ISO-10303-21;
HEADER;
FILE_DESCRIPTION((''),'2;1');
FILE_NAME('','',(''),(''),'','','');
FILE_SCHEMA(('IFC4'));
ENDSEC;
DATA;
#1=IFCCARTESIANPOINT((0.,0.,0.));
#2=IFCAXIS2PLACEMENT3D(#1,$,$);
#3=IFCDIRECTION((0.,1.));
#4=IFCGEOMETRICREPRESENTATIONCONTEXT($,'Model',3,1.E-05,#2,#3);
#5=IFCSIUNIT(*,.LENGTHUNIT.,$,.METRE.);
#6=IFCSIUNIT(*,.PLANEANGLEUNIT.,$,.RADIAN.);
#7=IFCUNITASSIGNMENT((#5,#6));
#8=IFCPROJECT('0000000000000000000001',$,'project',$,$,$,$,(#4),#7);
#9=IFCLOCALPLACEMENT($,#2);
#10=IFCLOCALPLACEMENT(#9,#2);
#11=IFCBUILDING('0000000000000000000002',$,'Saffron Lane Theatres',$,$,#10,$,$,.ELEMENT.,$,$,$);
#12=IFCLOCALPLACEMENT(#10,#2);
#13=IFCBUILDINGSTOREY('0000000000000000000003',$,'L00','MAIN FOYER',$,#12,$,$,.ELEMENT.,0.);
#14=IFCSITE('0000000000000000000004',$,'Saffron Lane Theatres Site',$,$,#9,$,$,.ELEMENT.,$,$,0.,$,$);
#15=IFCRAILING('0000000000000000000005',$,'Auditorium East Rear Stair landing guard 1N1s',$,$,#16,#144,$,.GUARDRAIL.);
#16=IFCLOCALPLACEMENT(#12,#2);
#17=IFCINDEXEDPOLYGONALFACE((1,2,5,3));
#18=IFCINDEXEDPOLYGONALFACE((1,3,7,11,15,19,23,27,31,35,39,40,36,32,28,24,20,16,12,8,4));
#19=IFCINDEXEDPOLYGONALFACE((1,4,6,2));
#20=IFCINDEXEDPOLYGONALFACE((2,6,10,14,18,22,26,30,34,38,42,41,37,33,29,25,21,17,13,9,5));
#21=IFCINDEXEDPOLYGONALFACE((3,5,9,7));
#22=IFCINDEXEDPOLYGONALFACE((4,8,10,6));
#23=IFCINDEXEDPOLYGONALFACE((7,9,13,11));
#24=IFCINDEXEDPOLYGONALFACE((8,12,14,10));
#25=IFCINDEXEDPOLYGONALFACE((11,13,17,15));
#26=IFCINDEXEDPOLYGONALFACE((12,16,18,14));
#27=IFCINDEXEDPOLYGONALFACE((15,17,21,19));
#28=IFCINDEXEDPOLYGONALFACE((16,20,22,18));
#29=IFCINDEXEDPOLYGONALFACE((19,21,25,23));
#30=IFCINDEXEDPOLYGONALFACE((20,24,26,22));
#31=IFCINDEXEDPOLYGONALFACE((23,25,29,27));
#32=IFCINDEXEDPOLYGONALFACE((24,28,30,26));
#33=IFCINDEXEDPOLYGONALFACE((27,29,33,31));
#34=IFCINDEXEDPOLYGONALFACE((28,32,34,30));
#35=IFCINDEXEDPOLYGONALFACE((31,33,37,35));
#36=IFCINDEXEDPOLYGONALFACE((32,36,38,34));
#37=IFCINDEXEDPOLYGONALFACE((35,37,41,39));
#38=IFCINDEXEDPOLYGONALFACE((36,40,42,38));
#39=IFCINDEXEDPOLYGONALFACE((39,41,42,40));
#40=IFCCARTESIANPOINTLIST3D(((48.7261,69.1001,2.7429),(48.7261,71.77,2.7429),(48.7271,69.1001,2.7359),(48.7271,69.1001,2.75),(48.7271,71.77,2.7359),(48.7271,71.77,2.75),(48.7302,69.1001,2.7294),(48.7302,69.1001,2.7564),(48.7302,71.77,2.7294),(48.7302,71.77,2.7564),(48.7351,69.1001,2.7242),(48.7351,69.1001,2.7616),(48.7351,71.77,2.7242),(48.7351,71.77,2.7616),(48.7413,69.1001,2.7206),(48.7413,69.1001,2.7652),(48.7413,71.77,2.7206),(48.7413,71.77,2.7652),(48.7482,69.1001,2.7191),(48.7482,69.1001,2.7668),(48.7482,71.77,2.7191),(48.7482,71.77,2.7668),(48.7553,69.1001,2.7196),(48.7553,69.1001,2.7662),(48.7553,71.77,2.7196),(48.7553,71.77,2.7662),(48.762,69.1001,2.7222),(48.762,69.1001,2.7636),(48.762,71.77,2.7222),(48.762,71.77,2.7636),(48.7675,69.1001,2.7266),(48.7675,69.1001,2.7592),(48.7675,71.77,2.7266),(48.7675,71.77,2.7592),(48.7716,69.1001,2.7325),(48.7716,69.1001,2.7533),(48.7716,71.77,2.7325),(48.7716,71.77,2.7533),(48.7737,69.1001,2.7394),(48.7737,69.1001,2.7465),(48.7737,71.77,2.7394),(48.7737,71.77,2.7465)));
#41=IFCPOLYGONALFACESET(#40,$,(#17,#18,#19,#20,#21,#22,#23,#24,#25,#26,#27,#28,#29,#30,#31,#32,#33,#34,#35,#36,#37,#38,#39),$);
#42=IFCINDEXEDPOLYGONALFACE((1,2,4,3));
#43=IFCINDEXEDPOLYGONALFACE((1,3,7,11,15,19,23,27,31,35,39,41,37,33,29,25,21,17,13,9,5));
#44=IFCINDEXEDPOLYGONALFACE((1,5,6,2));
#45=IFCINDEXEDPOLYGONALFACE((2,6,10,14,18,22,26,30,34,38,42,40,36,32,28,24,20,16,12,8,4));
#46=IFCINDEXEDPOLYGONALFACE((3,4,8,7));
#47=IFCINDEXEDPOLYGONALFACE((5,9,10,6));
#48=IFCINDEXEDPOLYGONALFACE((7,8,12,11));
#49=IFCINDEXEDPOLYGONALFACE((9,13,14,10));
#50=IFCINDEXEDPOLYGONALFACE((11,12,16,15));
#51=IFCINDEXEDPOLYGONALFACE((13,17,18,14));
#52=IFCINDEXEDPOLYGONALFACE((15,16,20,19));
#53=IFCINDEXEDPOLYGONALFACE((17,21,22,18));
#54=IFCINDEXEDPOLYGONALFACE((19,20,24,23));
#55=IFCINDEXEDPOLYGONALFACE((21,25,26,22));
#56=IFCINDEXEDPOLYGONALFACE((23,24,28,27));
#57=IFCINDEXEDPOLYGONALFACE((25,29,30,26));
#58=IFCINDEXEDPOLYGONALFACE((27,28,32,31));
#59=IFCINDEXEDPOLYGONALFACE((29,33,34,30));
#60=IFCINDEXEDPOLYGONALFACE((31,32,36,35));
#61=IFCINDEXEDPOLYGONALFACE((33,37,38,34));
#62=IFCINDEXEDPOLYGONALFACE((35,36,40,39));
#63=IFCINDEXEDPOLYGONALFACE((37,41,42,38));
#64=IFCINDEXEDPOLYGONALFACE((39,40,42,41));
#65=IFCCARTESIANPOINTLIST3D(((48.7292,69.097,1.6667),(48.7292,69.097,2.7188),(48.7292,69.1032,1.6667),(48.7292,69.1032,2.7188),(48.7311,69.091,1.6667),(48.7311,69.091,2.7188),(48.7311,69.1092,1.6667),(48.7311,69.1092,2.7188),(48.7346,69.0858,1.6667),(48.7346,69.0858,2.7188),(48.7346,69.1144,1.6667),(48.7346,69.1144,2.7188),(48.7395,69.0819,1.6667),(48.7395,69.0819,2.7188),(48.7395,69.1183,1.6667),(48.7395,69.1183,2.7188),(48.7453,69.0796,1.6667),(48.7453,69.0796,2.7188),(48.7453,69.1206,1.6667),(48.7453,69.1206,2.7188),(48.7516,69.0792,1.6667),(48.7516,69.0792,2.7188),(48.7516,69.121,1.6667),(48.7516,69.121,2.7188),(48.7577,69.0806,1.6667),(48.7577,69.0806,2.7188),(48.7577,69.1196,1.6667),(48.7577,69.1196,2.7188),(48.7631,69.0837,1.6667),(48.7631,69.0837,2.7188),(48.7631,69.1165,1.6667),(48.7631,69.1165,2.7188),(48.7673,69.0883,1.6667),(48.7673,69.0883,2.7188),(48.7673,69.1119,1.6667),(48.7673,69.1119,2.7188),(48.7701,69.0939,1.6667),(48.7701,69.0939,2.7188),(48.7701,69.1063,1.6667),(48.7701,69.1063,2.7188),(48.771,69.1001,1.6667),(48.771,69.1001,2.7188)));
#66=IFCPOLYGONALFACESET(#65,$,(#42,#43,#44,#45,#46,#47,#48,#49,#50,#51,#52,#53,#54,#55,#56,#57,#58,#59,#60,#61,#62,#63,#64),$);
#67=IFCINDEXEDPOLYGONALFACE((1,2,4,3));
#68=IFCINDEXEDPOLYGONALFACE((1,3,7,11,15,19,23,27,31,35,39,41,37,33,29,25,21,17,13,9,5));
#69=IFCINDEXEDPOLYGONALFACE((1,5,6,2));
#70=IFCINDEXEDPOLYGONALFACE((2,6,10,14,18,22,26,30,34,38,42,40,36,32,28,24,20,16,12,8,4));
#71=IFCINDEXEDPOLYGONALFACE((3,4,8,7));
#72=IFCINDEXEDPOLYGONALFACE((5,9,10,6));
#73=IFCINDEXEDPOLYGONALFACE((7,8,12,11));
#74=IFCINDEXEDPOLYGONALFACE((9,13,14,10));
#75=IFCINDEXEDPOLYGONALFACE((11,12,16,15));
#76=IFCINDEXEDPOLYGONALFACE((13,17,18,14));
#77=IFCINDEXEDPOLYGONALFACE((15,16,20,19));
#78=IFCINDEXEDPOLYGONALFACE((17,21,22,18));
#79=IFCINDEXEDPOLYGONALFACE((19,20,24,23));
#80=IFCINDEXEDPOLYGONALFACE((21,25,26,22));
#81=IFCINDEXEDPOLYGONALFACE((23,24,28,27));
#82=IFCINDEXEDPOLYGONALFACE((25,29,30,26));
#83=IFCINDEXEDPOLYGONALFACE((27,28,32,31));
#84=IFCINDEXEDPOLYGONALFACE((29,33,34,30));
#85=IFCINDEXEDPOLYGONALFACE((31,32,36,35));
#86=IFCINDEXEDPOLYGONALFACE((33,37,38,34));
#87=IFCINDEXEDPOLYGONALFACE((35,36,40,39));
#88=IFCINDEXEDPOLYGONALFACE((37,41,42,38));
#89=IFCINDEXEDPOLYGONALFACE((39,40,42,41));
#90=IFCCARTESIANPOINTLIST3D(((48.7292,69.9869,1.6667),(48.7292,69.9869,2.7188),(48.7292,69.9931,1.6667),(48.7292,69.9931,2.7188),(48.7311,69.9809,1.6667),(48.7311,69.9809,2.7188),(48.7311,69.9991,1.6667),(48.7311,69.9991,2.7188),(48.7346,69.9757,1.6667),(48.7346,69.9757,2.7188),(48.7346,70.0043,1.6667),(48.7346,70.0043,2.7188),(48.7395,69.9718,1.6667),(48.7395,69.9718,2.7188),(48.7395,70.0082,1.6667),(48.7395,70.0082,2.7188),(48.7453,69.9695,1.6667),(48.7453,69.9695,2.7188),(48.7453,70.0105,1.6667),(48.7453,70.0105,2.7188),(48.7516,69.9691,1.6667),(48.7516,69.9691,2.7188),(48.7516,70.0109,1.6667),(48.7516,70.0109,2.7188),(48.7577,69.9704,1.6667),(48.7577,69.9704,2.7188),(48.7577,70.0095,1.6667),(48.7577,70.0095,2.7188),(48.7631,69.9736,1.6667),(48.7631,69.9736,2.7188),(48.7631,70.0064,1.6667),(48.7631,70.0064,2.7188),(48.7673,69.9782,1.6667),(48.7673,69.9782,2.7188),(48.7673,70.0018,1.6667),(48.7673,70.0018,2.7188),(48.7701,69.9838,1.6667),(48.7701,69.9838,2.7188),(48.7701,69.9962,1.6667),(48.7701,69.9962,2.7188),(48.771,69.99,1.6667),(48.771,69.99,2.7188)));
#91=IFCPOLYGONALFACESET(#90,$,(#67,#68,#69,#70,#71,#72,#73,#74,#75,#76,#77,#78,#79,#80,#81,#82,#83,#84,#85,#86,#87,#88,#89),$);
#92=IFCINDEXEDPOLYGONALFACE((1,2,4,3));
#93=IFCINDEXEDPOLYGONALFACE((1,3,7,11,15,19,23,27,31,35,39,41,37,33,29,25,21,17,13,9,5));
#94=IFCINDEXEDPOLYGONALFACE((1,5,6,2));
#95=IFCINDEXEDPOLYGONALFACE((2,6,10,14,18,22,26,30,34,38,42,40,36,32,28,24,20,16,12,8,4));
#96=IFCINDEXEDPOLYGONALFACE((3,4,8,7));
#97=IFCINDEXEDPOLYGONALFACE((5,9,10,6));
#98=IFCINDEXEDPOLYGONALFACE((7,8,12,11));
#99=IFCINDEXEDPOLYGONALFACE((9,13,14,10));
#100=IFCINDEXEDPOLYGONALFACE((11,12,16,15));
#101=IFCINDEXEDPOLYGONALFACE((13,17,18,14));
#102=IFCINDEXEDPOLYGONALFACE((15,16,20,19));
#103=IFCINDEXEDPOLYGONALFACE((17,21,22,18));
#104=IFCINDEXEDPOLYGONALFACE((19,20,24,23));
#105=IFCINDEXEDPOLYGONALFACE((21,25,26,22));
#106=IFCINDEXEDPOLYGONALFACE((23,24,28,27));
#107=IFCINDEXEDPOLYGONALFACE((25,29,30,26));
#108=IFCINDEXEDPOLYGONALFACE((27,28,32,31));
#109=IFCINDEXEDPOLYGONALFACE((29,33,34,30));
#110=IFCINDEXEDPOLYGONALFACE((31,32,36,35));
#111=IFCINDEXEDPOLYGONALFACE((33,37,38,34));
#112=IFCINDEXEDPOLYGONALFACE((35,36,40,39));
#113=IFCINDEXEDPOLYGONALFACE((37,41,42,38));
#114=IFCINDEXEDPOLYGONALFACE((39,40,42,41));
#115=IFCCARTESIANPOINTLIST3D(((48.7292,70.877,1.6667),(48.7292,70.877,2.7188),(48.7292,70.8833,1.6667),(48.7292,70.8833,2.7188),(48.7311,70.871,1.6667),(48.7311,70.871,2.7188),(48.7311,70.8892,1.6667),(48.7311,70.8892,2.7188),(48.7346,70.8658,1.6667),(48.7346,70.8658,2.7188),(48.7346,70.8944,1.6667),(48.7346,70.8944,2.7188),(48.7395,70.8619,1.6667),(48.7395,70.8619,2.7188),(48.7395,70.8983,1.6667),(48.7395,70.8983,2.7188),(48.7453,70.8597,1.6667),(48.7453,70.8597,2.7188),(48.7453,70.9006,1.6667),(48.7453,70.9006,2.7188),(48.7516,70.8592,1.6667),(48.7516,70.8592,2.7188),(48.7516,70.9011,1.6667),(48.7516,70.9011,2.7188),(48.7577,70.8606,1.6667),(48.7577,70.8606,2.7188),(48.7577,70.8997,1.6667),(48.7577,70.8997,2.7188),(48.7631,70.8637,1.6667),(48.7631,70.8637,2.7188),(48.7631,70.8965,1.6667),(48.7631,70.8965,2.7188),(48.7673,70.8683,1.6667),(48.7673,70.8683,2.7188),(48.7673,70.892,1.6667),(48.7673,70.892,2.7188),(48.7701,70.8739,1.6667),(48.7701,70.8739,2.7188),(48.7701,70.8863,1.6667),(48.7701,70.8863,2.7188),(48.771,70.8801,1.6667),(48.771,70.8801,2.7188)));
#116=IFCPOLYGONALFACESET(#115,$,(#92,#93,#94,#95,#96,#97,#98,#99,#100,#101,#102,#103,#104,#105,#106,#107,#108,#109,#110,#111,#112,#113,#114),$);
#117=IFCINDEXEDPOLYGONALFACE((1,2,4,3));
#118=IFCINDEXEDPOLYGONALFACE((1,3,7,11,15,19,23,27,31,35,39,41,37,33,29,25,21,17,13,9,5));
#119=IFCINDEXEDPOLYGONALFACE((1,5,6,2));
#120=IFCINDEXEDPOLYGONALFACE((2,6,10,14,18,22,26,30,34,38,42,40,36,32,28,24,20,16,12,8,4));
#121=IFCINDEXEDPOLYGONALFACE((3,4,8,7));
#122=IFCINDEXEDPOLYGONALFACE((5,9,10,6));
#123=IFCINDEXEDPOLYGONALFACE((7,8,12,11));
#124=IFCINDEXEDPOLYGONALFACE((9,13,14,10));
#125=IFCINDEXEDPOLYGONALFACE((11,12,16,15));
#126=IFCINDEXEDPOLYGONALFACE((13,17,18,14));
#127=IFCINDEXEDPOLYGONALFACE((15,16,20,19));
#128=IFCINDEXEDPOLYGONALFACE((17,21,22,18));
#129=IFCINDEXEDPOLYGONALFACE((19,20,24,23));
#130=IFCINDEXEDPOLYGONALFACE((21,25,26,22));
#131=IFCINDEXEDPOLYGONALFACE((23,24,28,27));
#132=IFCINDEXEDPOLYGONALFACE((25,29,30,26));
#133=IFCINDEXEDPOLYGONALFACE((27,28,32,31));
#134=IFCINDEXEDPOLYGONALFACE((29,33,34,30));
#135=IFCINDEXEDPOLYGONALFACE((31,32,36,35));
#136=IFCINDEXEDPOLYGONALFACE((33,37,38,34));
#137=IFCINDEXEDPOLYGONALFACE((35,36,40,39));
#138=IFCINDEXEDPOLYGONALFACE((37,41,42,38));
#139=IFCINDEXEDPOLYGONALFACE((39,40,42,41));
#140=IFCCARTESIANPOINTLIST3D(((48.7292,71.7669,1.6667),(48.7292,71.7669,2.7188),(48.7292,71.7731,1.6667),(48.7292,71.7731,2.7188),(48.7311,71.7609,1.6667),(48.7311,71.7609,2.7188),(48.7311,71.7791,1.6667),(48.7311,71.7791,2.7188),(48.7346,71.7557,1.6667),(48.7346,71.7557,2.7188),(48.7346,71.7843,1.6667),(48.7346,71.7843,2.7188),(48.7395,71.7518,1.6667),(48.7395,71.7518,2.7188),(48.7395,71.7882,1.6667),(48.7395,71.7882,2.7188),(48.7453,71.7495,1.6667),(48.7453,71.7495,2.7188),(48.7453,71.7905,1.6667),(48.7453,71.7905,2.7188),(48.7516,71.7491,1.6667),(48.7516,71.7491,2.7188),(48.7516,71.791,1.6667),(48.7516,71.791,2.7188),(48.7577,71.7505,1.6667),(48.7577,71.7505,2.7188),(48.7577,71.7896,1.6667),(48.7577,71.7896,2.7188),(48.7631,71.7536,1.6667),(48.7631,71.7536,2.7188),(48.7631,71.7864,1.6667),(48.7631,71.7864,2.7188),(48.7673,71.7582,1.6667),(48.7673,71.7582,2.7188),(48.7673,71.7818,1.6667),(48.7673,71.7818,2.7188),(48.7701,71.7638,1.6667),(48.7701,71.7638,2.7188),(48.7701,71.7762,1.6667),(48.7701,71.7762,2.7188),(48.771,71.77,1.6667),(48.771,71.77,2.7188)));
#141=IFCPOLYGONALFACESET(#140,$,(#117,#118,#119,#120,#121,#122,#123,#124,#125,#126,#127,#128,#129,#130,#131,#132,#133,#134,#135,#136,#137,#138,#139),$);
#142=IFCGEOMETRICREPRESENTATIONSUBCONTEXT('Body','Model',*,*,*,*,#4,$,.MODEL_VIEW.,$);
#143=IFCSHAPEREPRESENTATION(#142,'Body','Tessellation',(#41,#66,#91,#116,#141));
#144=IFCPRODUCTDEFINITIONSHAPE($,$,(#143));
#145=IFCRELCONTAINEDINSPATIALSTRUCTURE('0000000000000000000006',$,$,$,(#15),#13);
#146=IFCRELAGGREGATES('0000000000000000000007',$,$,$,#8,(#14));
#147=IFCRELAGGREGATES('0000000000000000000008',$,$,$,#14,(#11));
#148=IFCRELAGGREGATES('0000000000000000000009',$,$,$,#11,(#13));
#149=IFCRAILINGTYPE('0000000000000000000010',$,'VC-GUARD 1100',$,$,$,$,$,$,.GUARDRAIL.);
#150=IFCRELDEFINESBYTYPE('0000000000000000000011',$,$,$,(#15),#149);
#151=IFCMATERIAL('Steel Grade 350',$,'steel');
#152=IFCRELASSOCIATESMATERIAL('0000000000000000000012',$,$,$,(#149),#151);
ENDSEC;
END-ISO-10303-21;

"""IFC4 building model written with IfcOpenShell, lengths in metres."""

from ifc_helpers import new_model, si_unit, direction, frame, origin, origin_2d, place, context, subcontext, project, spatial, circle, extrude, material, type_object, element, save


model = new_model("IFC4")

# Units and contexts
model_context = context("Model", 3, precision=1e-05, world=origin(), true_north=direction((0.0, 1.0)))
body_context = subcontext(model_context, "Body", "Model", "MODEL_VIEW")
ifc_project = project(units=[si_unit("LENGTHUNIT", "METRE"), si_unit("PLANEANGLEUNIT", "RADIAN")], contexts=[model_context])

# Site, building, storey
site_placement = place(None, origin())
site = spatial("IfcSite", under=ifc_project, at=site_placement, Name="Saffron Lane Theatres Site", CompositionType="ELEMENT", RefElevation=0.0)
building_placement = place(site_placement, origin())
building = spatial("IfcBuilding", under=site, at=building_placement, Name="Saffron Lane Theatres", CompositionType="ELEMENT")
storey_placement = place(building_placement, origin())
storey = spatial("IfcBuildingStorey", under=building, at=storey_placement, Name="L00", Description="MAIN FOYER", CompositionType="ELEMENT", Elevation=0.0)

# Railing
ifc_material_1 = material(Name="Steel Grade 350", Category="steel")
railing_type_1 = type_object("IfcRailingType", Name="VC-GUARD 1100", PredefinedType="GUARDRAIL", material=ifc_material_1)
railing_1_placement = place(storey_placement, frame((48.75, 69.1001, 1.6667)))
element("IfcRailing", 1, at=railing_1_placement, inside=storey, type_object=railing_type_1, Name="Auditorium East Rear Stair landing guard 1N1s", PredefinedType="GUARDRAIL", context=body_context, shape_type="SweptSolid", body=[
    extrude(circle(Radius=0.0239, at=origin_2d()), frame((0.0, 0.0, 1.0762), z_axis=(0.0, 1.0, 0.0), x_axis=(-1.0, 0.0, 0.0)), (0.0, 0.0, 1.0), 2.6699),
    extrude(circle(Radius=0.021, at=origin_2d()), origin(), (0.0, 0.0, 1.0), 1.052),
    extrude(circle(Radius=0.021, at=origin_2d()), frame((0.0, 0.8899, 0.0)), (0.0, 0.0, 1.0), 1.052),
    extrude(circle(Radius=0.021, at=origin_2d()), frame((0.0, 1.78, 0.0)), (0.0, 0.0, 1.0), 1.052),
    extrude(circle(Radius=0.021, at=origin_2d()), frame((0.0, 2.6699, 0.0)), (0.0, 0.0, 1.0), 1.052),
])

save(model, "model.ifc")
